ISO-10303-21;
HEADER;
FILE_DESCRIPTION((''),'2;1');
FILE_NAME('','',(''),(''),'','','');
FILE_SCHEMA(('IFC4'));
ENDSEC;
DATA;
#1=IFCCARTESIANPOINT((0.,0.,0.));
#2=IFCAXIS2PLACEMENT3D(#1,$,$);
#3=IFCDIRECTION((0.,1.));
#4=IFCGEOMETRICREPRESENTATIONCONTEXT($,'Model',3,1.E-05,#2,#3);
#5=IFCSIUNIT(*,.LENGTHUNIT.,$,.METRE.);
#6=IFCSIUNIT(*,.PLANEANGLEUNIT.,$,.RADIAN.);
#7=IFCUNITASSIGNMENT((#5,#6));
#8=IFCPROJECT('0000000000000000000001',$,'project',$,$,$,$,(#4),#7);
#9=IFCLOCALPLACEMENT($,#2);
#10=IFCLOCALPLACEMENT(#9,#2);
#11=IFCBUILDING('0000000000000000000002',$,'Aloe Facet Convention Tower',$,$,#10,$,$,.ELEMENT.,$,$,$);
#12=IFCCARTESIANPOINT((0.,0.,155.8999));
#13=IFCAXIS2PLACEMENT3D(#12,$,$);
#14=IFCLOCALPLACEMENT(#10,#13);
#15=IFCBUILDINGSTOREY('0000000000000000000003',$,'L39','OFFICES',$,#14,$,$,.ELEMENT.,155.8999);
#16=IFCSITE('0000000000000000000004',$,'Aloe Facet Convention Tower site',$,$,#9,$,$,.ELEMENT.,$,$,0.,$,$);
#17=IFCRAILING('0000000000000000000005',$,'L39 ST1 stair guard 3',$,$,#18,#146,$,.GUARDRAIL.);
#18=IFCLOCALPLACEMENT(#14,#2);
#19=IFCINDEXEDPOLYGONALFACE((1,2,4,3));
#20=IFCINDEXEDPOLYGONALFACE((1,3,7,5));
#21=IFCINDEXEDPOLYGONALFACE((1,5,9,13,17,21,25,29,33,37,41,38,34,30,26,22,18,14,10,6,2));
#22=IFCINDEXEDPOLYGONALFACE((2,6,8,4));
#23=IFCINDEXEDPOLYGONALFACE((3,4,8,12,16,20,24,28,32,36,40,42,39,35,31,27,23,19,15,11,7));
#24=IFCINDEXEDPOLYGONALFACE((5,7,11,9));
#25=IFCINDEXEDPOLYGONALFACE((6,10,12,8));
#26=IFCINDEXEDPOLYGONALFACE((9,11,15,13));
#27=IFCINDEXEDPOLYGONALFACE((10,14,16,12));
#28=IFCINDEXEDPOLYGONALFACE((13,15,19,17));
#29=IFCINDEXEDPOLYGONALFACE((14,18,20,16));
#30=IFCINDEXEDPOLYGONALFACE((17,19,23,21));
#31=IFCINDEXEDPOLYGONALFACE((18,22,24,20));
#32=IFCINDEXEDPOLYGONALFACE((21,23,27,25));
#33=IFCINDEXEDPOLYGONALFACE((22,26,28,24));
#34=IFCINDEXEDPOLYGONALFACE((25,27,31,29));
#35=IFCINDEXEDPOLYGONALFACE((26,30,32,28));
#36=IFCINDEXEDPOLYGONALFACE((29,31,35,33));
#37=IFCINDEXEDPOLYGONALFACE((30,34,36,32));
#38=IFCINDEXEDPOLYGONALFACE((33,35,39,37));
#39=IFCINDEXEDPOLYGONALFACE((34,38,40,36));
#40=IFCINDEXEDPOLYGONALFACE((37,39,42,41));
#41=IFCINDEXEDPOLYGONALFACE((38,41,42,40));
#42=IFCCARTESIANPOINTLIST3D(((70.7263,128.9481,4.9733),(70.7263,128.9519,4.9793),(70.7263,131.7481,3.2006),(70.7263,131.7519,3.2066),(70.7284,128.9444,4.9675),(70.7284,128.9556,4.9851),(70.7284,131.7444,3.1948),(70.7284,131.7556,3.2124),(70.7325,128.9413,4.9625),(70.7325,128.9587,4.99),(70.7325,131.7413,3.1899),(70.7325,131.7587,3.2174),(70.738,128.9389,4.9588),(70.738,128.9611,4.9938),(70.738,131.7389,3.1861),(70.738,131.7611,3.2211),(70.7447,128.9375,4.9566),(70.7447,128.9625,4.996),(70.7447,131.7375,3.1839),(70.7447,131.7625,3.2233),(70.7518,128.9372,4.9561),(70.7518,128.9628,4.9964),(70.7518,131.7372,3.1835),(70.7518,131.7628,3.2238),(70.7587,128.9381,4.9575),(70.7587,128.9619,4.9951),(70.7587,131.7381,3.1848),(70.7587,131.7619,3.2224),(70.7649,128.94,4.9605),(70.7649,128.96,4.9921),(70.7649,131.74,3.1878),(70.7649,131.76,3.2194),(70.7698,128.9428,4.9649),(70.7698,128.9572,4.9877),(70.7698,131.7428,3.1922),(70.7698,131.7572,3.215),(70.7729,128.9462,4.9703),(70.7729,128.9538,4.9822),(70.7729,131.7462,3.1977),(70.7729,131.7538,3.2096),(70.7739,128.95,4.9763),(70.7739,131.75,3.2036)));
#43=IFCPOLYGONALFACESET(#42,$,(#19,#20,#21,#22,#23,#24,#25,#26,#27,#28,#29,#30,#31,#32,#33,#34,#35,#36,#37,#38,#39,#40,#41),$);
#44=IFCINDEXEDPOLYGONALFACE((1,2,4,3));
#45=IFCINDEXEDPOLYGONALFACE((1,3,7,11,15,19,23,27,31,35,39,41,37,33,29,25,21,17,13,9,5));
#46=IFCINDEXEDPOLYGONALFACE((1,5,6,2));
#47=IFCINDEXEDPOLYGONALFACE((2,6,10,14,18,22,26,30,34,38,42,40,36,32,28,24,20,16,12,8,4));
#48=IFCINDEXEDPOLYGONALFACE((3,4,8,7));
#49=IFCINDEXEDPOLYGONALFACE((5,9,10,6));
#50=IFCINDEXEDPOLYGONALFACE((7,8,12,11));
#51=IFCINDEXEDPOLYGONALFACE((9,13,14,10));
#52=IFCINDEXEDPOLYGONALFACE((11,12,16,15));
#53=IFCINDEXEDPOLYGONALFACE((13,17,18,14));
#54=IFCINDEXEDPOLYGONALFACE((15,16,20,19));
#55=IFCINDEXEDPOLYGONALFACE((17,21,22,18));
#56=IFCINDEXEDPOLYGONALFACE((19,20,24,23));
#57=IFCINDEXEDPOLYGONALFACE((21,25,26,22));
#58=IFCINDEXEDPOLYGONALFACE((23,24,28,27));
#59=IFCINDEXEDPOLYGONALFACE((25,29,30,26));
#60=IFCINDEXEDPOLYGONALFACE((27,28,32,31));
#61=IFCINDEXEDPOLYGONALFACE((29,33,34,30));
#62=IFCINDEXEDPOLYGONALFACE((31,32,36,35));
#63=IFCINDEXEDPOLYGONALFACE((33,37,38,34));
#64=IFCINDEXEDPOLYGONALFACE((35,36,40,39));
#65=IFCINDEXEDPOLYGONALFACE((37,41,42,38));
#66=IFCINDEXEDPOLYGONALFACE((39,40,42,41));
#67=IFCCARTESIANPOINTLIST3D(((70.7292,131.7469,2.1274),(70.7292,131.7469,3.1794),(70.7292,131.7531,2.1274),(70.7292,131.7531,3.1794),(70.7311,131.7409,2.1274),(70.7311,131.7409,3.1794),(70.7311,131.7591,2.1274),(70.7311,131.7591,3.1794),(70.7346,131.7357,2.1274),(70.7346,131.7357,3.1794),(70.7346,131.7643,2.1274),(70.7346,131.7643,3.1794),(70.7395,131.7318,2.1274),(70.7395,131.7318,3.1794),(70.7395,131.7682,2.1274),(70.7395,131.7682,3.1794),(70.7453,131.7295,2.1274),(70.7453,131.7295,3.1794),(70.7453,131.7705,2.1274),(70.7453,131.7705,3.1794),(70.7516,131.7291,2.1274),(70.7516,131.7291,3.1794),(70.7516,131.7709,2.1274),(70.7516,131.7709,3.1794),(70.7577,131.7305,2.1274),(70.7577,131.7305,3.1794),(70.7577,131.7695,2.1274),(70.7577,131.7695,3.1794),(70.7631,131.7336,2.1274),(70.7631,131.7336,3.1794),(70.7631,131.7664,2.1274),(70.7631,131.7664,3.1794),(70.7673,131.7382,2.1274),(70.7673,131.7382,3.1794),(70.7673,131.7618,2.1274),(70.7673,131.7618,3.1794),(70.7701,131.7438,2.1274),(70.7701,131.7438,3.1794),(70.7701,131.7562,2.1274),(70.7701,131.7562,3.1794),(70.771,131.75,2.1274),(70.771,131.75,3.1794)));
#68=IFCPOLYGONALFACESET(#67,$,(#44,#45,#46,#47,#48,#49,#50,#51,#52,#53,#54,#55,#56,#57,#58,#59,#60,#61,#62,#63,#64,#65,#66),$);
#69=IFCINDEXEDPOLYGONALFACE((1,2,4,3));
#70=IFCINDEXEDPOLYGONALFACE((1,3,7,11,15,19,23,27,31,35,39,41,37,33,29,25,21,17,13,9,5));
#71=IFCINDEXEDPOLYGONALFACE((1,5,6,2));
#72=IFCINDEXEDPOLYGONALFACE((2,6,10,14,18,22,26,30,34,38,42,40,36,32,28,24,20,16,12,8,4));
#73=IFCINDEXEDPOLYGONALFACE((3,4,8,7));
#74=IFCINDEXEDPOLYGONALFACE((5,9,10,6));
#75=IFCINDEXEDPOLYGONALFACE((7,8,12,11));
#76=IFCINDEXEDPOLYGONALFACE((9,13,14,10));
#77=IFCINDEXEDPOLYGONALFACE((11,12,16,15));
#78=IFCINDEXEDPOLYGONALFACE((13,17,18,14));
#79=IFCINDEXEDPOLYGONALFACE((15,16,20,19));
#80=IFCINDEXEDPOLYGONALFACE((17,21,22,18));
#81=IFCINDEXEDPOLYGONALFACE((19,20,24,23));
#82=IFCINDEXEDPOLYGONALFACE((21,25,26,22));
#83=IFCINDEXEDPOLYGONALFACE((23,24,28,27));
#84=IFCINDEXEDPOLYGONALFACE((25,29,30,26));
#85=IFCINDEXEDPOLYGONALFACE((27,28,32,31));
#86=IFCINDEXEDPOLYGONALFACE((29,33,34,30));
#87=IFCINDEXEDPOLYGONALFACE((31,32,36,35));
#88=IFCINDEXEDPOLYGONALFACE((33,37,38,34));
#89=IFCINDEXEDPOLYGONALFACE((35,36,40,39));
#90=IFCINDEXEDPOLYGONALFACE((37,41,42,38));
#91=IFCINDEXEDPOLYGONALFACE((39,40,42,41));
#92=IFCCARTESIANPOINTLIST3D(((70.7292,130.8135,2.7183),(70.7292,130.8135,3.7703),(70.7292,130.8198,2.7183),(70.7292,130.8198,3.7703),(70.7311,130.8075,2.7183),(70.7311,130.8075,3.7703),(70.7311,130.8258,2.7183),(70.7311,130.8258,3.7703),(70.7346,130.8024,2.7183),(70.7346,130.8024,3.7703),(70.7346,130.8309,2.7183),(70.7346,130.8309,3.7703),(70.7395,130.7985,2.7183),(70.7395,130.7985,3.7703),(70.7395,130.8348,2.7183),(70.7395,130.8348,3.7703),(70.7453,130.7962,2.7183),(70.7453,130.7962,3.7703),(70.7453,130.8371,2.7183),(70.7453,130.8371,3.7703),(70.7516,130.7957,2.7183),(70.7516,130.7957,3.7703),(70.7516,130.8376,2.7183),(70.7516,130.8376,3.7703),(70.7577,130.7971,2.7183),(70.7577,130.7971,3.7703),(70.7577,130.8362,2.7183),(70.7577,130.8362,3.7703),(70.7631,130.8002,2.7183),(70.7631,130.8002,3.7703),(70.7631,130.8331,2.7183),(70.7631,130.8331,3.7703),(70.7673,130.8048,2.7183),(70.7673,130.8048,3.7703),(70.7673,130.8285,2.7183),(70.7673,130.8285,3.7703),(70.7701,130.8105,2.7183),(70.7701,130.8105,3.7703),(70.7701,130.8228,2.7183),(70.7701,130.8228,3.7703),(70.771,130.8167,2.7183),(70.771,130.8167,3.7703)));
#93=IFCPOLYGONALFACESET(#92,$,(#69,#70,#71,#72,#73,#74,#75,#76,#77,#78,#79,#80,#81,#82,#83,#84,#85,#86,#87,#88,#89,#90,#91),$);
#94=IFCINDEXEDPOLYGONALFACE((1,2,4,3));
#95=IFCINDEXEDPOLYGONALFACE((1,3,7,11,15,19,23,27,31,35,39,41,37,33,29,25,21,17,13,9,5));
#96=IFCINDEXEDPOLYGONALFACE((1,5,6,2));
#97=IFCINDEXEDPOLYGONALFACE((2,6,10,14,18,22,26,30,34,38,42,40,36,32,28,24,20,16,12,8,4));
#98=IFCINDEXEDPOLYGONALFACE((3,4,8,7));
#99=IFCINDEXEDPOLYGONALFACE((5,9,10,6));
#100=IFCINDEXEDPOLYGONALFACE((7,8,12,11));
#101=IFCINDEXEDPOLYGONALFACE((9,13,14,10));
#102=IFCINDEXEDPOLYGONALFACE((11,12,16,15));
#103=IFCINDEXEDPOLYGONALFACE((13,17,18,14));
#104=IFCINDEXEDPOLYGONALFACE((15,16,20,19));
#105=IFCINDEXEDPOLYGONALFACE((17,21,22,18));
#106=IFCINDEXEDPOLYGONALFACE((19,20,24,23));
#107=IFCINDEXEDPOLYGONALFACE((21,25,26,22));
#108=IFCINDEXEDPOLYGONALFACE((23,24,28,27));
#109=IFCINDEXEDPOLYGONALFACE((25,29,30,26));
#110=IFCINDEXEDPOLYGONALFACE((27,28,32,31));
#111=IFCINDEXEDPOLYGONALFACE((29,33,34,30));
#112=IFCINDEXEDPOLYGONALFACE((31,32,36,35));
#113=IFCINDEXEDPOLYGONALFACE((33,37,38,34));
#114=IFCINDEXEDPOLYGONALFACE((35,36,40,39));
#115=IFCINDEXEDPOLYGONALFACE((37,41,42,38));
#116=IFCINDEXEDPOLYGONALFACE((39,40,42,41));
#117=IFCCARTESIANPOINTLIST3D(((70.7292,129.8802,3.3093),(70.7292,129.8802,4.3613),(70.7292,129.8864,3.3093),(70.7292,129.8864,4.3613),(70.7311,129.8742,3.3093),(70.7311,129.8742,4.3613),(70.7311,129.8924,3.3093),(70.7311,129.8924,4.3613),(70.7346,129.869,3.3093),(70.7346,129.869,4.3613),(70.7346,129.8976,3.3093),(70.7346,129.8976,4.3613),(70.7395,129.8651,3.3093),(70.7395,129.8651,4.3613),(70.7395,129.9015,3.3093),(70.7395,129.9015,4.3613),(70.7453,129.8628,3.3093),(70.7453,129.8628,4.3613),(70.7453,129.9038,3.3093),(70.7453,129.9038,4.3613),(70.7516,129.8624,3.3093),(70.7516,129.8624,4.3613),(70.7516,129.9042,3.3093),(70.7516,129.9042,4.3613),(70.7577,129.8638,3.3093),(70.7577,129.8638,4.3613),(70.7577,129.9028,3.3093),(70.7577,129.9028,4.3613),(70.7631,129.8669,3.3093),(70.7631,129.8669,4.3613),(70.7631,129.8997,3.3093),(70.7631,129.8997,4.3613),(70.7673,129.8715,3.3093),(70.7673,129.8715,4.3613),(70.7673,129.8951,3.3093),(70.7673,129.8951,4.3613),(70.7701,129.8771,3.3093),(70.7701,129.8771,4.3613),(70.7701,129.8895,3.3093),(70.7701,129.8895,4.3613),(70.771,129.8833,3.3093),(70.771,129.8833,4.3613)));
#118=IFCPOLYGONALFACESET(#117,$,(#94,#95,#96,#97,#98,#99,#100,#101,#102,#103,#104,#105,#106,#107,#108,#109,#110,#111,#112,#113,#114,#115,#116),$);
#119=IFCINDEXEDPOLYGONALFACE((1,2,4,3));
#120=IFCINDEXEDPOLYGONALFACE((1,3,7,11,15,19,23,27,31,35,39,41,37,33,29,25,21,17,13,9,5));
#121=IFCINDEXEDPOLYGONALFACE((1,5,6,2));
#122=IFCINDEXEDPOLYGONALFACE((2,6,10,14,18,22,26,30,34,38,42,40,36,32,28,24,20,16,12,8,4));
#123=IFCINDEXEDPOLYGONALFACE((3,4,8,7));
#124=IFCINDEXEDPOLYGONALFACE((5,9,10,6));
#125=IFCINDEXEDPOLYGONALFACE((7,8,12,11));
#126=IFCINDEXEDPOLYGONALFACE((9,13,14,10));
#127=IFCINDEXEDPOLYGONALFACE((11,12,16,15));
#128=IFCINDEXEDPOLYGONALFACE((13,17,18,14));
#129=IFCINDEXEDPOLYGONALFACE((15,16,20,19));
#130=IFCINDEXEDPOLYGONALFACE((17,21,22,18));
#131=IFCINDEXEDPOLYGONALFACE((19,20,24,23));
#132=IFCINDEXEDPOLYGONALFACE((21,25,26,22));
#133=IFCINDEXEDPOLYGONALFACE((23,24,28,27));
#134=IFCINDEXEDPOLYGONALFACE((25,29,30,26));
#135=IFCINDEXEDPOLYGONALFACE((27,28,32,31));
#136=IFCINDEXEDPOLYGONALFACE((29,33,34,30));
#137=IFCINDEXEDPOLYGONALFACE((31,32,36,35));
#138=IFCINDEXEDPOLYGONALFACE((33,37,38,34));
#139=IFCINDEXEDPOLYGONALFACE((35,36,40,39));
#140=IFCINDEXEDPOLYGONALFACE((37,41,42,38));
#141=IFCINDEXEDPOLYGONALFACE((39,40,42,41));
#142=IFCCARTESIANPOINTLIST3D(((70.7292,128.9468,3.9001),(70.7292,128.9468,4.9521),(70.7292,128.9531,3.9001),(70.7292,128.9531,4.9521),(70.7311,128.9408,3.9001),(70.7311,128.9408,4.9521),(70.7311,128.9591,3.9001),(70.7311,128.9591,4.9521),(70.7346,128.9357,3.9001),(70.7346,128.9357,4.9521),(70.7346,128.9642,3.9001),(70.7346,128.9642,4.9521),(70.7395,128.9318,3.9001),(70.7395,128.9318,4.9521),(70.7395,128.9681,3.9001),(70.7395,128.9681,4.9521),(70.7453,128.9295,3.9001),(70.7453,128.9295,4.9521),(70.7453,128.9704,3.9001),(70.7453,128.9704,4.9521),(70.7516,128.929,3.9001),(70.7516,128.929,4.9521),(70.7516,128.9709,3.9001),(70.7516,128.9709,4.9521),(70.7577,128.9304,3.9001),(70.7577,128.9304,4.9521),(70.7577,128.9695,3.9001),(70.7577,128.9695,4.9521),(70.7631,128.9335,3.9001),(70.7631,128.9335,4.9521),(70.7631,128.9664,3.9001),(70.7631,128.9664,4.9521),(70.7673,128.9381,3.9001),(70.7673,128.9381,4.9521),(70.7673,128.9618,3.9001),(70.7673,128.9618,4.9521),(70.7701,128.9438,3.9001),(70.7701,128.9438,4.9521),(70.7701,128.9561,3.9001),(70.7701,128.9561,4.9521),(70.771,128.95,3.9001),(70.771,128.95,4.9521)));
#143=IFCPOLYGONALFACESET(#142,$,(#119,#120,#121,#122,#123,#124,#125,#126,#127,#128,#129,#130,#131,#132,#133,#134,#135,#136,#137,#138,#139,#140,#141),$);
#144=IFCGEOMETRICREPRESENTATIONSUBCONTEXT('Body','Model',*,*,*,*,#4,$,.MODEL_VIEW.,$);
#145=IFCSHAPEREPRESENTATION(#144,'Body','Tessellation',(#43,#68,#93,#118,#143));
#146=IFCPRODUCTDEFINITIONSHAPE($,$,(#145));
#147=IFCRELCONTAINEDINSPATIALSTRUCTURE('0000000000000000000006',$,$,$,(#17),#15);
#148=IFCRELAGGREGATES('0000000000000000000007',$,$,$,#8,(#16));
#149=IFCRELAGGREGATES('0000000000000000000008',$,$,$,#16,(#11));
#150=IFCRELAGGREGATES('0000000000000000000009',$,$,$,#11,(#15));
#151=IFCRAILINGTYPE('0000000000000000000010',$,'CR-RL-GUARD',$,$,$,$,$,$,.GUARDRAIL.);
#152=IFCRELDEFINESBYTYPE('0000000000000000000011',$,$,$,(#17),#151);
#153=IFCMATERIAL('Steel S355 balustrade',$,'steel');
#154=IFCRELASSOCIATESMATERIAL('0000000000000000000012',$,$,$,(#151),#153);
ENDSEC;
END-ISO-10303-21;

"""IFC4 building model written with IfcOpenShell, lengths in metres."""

from ifc_helpers import new_model, si_unit, direction, frame, origin, origin_2d, place, context, subcontext, project, spatial, circle, extrude, material, type_object, element, save


model = new_model("IFC4")

# Units and contexts
model_context = context("Model", 3, precision=1e-05, world=origin(), true_north=direction((0.0, 1.0)))
body_context = subcontext(model_context, "Body", "Model", "MODEL_VIEW")
ifc_project = project(units=[si_unit("LENGTHUNIT", "METRE"), si_unit("PLANEANGLEUNIT", "RADIAN")], contexts=[model_context])

# Site, building, storey
site_placement = place(None, origin())
site = spatial("IfcSite", under=ifc_project, at=site_placement, Name="Aloe Facet Convention Tower site", CompositionType="ELEMENT", RefElevation=0.0)
building_placement = place(site_placement, origin())
building = spatial("IfcBuilding", under=site, at=building_placement, Name="Aloe Facet Convention Tower", CompositionType="ELEMENT")
storey_placement = place(building_placement, frame((0.0, 0.0, 155.8999)))
storey = spatial("IfcBuildingStorey", under=building, at=storey_placement, Name="L39", Description="OFFICES", CompositionType="ELEMENT", Elevation=155.8999)

# Railing
ifc_material_1 = material(Name="Steel S355 balustrade", Category="steel")
railing_type_1 = type_object("IfcRailingType", Name="CR-RL-GUARD", PredefinedType="GUARDRAIL", material=ifc_material_1)
railing_1_placement = place(storey_placement, frame((70.75, 131.75, 2.1274)))
element("IfcRailing", 1, at=railing_1_placement, inside=storey, type_object=railing_type_1, Name="L39 ST1 stair guard 3", PredefinedType="GUARDRAIL", context=body_context, shape_type="SweptSolid", body=[
    extrude(circle(Radius=0.0239, at=origin_2d()), frame((0.0, 0.0, 1.0762), z_axis=(0.0, -0.844909, 0.53491), x_axis=(1.0, 0.0, 0.0)), (0.0, 0.0, 1.0), 3.314),
    extrude(circle(Radius=0.021, at=origin_2d()), origin(), (0.0, 0.0, 1.0), 1.052),
    extrude(circle(Radius=0.021, at=origin_2d()), frame((0.0, -0.9333, 0.5908)), (0.0, 0.0, 1.0), 1.052),
    extrude(circle(Radius=0.021, at=origin_2d()), frame((0.0, -1.8667, 1.1819)), (0.0, 0.0, 1.0), 1.052),
    extrude(circle(Radius=0.021, at=origin_2d()), frame((0.0, -2.8, 1.7727)), (0.0, 0.0, 1.0), 1.052),
])

save(model, "model.ifc")
